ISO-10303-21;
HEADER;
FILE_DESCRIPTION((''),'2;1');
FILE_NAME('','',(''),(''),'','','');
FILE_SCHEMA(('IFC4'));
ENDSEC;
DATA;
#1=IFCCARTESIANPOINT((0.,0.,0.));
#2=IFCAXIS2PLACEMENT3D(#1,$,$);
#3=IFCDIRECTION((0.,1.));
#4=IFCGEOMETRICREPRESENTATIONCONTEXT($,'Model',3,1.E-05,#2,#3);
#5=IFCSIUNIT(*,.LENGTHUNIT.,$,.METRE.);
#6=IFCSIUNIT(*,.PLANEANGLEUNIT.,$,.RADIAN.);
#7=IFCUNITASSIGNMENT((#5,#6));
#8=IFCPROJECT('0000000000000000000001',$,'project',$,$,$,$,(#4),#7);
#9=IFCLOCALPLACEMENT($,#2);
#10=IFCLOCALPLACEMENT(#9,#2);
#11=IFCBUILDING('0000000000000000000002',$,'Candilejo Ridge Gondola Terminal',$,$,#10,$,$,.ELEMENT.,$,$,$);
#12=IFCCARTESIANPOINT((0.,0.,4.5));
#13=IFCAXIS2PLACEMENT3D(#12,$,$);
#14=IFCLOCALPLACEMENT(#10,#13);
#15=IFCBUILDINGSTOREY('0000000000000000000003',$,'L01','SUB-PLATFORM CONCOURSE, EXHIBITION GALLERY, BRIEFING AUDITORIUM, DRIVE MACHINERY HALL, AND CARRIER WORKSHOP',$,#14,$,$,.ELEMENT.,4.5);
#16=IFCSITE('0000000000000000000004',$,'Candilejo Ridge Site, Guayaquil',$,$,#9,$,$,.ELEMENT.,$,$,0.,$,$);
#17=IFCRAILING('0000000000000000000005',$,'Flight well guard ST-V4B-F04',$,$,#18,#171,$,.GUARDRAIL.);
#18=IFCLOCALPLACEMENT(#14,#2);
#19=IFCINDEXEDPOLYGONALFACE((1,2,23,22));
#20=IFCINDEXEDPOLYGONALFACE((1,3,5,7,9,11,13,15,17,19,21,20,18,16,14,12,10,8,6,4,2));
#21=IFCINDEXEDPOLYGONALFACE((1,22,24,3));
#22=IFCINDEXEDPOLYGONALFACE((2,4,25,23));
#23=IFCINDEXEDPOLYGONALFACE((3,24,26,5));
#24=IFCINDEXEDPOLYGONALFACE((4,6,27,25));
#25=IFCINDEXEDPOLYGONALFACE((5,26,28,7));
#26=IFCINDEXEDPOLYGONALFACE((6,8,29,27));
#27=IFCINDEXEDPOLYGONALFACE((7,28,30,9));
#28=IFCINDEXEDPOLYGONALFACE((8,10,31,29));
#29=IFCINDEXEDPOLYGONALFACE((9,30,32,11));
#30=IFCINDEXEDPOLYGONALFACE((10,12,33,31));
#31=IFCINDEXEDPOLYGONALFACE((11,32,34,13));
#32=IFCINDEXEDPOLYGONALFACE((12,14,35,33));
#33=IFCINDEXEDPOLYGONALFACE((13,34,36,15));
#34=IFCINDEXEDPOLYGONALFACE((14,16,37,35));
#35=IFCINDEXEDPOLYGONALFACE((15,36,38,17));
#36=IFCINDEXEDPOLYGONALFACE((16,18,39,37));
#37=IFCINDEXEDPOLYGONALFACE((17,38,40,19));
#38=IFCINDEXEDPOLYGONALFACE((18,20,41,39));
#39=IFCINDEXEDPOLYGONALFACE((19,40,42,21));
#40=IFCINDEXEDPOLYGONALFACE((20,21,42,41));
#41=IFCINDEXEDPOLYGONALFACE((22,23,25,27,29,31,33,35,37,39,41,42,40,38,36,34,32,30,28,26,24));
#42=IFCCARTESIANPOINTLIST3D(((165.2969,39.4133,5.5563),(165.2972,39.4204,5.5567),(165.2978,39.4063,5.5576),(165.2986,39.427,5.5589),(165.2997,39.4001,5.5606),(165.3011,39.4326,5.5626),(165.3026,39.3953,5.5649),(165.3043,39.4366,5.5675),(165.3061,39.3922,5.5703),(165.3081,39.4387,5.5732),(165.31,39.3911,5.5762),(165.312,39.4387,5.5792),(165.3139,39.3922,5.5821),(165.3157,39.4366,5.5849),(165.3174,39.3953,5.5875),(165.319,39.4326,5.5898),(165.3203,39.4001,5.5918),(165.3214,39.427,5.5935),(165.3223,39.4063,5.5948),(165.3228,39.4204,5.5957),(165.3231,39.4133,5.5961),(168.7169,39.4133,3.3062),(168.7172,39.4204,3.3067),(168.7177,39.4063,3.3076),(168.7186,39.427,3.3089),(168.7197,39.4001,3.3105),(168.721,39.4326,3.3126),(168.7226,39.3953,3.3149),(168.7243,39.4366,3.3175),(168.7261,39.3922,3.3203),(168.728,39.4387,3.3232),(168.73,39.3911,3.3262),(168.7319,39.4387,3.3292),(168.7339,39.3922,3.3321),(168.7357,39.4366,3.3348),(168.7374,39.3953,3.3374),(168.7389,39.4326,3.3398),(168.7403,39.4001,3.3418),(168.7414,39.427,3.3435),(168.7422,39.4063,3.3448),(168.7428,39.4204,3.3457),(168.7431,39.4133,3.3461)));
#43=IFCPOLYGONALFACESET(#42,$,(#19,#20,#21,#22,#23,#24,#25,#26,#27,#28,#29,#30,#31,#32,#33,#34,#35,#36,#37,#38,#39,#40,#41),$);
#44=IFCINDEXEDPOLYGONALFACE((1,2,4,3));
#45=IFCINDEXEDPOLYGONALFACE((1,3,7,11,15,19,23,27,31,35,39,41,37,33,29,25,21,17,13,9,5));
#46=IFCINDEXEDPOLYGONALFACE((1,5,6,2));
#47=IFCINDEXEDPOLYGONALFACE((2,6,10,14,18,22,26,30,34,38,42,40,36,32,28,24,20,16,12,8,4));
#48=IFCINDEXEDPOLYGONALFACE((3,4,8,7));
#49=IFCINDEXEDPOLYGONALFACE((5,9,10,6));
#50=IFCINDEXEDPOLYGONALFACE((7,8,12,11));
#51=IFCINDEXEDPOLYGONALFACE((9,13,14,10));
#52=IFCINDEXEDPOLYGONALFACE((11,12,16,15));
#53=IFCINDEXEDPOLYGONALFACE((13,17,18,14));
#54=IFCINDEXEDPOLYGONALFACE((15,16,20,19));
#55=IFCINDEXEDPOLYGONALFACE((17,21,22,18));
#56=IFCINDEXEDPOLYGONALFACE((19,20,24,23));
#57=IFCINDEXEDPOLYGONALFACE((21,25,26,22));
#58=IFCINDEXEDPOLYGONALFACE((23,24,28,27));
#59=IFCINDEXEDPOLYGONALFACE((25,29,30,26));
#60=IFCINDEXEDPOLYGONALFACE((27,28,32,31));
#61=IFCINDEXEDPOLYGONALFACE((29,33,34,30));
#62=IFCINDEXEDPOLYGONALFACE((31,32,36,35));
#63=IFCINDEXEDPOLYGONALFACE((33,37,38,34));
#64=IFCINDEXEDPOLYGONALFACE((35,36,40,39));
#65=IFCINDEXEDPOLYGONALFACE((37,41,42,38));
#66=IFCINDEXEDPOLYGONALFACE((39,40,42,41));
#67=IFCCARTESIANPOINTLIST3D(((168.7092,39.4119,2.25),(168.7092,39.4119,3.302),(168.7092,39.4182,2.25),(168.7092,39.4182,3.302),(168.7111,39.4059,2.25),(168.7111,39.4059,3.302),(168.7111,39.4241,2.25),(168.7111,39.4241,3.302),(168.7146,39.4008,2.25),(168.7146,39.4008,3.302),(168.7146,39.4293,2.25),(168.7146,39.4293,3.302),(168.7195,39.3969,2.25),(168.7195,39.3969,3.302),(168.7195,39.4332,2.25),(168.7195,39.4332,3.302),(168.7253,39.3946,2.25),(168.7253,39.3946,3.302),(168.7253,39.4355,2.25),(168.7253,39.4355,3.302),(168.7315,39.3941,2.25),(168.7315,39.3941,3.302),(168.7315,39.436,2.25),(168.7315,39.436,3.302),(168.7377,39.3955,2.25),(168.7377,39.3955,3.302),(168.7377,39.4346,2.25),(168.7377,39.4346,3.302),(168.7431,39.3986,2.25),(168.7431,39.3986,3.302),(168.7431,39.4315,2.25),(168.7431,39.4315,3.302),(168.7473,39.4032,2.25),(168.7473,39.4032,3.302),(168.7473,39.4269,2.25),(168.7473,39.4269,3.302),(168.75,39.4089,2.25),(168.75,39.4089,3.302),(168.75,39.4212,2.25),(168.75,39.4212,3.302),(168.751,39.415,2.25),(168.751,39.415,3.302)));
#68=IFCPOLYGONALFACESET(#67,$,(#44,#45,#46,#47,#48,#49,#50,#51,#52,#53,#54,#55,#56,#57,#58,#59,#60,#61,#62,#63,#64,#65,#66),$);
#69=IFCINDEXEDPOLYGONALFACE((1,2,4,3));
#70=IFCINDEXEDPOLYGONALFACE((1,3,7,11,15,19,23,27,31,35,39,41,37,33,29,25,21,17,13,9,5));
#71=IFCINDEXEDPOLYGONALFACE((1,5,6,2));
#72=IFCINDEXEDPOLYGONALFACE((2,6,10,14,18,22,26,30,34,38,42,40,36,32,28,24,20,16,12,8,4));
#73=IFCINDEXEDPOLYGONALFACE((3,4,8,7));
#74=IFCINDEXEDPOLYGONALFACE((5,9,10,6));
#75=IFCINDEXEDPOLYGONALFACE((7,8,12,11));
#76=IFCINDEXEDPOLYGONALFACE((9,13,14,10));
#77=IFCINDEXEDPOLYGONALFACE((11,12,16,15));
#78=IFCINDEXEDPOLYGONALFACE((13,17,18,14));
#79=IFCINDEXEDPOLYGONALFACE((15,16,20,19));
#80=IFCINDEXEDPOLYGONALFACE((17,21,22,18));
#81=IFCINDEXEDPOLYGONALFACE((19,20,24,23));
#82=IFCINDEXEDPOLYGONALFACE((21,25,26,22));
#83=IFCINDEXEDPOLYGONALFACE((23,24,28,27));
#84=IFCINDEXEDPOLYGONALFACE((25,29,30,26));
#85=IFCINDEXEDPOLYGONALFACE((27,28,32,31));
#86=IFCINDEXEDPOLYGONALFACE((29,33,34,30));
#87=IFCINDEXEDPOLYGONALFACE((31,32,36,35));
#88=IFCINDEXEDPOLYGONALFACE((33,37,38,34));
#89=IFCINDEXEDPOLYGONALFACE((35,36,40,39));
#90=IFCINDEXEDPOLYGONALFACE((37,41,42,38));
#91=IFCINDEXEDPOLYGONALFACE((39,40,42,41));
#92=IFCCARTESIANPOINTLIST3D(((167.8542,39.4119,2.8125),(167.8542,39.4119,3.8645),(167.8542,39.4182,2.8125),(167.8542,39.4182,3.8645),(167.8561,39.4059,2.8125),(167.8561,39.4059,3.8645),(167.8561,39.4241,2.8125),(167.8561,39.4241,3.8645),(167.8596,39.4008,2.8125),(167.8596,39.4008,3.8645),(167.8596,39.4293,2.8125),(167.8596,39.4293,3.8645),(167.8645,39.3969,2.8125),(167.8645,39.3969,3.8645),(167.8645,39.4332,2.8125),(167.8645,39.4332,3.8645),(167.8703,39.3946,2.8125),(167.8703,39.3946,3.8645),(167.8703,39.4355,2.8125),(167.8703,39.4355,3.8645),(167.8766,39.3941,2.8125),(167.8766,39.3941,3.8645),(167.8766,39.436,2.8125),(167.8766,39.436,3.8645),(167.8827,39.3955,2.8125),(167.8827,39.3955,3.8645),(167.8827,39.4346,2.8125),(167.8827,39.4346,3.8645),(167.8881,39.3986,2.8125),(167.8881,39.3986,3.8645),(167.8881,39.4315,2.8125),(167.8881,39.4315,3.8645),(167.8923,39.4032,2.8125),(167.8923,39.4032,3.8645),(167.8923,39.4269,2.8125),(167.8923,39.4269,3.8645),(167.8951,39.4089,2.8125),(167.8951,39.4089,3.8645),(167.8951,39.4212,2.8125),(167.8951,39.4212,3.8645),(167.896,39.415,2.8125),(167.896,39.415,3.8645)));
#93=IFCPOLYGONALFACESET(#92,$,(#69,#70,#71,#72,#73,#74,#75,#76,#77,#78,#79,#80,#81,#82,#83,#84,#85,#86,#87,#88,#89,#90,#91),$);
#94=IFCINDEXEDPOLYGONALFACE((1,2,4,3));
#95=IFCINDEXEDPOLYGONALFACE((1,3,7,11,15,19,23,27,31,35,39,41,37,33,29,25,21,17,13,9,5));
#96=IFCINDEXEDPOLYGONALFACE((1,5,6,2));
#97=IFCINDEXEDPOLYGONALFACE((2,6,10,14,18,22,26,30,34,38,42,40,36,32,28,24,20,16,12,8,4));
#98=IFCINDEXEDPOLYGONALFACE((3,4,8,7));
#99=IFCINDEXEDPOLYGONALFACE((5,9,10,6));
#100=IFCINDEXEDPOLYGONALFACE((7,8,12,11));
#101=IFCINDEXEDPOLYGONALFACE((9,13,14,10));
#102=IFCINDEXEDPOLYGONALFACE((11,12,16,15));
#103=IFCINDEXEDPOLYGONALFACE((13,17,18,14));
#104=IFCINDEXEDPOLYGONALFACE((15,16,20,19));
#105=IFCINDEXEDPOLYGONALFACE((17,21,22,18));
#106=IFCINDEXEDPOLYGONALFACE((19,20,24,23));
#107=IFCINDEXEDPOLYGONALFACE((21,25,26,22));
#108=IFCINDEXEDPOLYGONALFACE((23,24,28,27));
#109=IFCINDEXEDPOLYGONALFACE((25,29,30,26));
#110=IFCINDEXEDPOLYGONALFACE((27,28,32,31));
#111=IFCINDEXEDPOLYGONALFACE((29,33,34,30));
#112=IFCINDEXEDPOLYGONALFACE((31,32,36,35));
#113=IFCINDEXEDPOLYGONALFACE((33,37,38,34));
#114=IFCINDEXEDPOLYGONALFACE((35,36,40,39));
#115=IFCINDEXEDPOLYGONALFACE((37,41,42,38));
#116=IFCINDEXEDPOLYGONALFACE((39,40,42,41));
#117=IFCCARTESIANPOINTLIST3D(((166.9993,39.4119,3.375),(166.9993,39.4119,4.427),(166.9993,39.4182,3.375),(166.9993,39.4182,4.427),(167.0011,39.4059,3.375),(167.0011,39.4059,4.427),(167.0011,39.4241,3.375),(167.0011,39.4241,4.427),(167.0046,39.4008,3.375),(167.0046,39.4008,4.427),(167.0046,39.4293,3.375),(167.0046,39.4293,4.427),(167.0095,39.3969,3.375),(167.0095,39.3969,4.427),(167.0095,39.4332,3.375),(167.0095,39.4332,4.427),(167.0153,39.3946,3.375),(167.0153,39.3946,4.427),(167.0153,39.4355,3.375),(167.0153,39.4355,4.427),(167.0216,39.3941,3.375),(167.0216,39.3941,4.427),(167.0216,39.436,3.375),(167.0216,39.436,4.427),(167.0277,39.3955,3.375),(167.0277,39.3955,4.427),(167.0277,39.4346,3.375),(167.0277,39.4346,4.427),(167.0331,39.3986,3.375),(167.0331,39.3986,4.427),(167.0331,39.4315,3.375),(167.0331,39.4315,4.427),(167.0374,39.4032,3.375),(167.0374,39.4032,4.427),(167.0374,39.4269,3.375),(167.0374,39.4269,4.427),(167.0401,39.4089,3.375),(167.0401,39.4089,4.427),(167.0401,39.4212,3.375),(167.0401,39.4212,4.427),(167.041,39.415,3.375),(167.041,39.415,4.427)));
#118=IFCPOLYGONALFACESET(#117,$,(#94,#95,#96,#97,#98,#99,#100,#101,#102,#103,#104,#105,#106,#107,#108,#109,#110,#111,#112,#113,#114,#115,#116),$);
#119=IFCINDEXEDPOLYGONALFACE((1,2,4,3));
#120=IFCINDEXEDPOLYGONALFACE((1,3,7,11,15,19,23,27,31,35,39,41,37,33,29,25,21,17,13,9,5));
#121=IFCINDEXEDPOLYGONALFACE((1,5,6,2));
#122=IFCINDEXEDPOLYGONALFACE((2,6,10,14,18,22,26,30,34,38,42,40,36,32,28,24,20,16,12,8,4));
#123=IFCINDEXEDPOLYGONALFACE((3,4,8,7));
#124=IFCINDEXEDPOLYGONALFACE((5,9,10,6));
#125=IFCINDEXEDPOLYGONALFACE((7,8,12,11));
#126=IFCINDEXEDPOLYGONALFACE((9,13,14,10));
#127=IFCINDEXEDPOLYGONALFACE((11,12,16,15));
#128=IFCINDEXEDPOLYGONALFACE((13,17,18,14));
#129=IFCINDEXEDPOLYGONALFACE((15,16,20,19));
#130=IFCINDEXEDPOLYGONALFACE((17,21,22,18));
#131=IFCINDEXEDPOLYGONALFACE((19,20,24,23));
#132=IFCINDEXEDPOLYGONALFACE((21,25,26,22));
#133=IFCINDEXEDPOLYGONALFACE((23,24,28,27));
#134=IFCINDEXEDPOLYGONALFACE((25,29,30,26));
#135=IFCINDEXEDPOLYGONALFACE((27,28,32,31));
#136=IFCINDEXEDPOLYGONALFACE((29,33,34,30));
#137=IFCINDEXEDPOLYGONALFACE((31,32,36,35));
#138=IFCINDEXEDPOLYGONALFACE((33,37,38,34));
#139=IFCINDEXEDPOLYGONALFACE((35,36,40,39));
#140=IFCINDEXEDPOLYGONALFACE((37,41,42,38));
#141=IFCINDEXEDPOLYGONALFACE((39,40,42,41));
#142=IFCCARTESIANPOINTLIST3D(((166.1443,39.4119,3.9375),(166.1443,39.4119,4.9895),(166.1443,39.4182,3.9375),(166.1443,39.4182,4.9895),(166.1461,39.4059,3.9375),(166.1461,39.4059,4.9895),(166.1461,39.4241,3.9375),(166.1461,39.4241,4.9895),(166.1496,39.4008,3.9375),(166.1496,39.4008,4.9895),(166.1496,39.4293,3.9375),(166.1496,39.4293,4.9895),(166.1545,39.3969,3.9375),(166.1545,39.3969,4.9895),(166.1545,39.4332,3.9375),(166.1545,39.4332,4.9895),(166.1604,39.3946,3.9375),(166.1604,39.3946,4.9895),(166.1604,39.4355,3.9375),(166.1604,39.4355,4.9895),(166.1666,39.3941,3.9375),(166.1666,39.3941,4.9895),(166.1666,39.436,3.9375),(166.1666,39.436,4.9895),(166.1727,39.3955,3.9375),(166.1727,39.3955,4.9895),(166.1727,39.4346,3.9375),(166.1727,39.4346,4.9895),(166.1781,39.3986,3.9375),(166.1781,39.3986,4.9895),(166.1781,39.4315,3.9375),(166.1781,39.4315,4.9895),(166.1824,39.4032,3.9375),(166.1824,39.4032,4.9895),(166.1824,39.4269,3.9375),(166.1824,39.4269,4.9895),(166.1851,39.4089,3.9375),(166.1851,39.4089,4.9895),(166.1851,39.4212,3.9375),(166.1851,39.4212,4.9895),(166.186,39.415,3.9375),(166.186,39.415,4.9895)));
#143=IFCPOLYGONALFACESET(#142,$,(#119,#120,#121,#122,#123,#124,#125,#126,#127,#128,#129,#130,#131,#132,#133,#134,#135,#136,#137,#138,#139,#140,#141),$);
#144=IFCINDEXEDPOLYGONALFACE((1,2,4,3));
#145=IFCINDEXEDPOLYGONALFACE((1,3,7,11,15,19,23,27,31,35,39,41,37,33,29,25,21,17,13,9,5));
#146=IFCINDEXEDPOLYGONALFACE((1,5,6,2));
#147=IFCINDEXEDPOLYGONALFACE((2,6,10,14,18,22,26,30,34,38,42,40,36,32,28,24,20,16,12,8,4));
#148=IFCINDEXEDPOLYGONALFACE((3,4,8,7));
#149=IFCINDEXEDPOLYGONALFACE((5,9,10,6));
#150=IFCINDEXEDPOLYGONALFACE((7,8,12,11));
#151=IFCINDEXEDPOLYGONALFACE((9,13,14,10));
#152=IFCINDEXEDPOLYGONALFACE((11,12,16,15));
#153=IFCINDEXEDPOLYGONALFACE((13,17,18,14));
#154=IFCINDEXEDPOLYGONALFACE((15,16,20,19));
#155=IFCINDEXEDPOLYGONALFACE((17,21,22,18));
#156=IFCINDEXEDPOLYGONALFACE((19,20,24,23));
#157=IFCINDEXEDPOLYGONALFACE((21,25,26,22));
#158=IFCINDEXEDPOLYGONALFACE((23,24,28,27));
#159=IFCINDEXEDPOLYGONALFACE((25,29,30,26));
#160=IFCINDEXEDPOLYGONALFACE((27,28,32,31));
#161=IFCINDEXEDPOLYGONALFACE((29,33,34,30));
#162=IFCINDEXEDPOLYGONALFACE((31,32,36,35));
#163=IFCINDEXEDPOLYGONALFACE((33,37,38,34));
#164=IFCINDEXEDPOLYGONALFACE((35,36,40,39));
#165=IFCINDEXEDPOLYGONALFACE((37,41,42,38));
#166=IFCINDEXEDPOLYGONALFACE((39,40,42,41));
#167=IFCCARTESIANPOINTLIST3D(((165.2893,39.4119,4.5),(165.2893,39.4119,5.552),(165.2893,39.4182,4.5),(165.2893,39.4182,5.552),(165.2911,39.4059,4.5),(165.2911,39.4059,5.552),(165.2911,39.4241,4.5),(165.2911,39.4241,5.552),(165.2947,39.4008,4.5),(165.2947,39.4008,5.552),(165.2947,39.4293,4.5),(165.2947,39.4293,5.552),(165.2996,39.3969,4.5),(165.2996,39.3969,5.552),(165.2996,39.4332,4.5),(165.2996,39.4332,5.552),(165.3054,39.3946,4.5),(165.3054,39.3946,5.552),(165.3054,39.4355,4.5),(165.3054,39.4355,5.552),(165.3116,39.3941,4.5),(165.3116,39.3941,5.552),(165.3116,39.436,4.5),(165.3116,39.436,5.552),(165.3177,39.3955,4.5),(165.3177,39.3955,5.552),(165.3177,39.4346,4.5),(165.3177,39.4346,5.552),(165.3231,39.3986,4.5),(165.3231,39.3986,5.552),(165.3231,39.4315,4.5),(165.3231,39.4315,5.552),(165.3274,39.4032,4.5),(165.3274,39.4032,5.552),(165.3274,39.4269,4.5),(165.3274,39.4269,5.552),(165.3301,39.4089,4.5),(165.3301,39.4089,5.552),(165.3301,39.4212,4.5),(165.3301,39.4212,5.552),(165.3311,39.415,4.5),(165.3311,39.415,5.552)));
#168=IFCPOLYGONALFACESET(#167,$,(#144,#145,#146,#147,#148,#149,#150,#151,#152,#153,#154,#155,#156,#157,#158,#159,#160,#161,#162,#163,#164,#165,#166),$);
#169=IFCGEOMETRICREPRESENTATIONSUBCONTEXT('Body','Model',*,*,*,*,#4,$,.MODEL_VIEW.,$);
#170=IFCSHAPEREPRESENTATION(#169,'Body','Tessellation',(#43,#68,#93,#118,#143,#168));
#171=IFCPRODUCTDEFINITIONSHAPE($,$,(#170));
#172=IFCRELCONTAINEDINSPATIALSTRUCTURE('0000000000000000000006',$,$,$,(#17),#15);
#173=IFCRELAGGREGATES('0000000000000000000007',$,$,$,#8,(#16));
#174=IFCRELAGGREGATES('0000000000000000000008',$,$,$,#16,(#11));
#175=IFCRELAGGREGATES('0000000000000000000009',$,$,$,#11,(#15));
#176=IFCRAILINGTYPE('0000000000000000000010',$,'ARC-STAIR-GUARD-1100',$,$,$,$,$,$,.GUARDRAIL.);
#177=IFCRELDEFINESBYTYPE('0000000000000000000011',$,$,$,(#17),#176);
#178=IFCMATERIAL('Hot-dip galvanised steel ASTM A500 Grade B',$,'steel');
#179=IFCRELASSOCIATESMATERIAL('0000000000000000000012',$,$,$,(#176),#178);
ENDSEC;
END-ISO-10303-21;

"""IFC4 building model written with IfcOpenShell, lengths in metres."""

from ifc_helpers import new_model, si_unit, direction, frame, origin, origin_2d, place, context, subcontext, project, spatial, circle, extrude, material, type_object, element, save


model = new_model("IFC4")

# Units and contexts
model_context = context("Model", 3, precision=1e-05, world=origin(), true_north=direction((0.0, 1.0)))
body_context = subcontext(model_context, "Body", "Model", "MODEL_VIEW")
ifc_project = project(units=[si_unit("LENGTHUNIT", "METRE"), si_unit("PLANEANGLEUNIT", "RADIAN")], contexts=[model_context])

# Site, building, storey
site_placement = place(None, origin())
site = spatial("IfcSite", under=ifc_project, at=site_placement, Name="Candilejo Ridge Site, Guayaquil", CompositionType="ELEMENT", RefElevation=0.0)
building_placement = place(site_placement, origin())
building = spatial("IfcBuilding", under=site, at=building_placement, Name="Candilejo Ridge Gondola Terminal", CompositionType="ELEMENT")
storey_placement = place(building_placement, frame((0.0, 0.0, 4.5)))
storey = spatial("IfcBuildingStorey", under=building, at=storey_placement, Name="L01", Description="SUB-PLATFORM CONCOURSE, EXHIBITION GALLERY, BRIEFING AUDITORIUM, DRIVE MACHINERY HALL, AND CARRIER WORKSHOP", CompositionType="ELEMENT", Elevation=4.5)

# Railing
ifc_material_1 = material(Name="Hot-dip galvanised steel ASTM A500 Grade B", Category="steel")
railing_type_1 = type_object("IfcRailingType", Name="ARC-STAIR-GUARD-1100", PredefinedType="GUARDRAIL", material=ifc_material_1)
railing_1_placement = place(storey_placement, frame((168.73, 39.415, 2.25)))
element("IfcRailing", 1, at=railing_1_placement, inside=storey, type_object=railing_type_1, Name="Flight well guard ST-V4B-F04", PredefinedType="GUARDRAIL", context=body_context, shape_type="SweptSolid", body=[
    extrude(circle(Radius=0.0239, at=origin_2d()), frame((0.0, 0.0, 1.0762), z_axis=(-0.835411, 0.0, 0.549625), x_axis=(0.0, -1.0, 0.0)), (0.0, 0.0, 1.0), 4.0938),
    extrude(circle(Radius=0.021, at=origin_2d()), origin(), (0.0, 0.0, 1.0), 1.052),
    extrude(circle(Radius=0.021, at=origin_2d()), frame((-0.855, 0.0, 0.5625)), (0.0, 0.0, 1.0), 1.052),
    extrude(circle(Radius=0.021, at=origin_2d()), frame((-1.71, 0.0, 1.125)), (0.0, 0.0, 1.0), 1.052),
    extrude(circle(Radius=0.021, at=origin_2d()), frame((-2.5649, 0.0, 1.6875)), (0.0, 0.0, 1.0), 1.052),
    extrude(circle(Radius=0.021, at=origin_2d()), frame((-3.4199, 0.0, 2.25)), (0.0, 0.0, 1.0), 1.052),
])

save(model, "model.ifc")
